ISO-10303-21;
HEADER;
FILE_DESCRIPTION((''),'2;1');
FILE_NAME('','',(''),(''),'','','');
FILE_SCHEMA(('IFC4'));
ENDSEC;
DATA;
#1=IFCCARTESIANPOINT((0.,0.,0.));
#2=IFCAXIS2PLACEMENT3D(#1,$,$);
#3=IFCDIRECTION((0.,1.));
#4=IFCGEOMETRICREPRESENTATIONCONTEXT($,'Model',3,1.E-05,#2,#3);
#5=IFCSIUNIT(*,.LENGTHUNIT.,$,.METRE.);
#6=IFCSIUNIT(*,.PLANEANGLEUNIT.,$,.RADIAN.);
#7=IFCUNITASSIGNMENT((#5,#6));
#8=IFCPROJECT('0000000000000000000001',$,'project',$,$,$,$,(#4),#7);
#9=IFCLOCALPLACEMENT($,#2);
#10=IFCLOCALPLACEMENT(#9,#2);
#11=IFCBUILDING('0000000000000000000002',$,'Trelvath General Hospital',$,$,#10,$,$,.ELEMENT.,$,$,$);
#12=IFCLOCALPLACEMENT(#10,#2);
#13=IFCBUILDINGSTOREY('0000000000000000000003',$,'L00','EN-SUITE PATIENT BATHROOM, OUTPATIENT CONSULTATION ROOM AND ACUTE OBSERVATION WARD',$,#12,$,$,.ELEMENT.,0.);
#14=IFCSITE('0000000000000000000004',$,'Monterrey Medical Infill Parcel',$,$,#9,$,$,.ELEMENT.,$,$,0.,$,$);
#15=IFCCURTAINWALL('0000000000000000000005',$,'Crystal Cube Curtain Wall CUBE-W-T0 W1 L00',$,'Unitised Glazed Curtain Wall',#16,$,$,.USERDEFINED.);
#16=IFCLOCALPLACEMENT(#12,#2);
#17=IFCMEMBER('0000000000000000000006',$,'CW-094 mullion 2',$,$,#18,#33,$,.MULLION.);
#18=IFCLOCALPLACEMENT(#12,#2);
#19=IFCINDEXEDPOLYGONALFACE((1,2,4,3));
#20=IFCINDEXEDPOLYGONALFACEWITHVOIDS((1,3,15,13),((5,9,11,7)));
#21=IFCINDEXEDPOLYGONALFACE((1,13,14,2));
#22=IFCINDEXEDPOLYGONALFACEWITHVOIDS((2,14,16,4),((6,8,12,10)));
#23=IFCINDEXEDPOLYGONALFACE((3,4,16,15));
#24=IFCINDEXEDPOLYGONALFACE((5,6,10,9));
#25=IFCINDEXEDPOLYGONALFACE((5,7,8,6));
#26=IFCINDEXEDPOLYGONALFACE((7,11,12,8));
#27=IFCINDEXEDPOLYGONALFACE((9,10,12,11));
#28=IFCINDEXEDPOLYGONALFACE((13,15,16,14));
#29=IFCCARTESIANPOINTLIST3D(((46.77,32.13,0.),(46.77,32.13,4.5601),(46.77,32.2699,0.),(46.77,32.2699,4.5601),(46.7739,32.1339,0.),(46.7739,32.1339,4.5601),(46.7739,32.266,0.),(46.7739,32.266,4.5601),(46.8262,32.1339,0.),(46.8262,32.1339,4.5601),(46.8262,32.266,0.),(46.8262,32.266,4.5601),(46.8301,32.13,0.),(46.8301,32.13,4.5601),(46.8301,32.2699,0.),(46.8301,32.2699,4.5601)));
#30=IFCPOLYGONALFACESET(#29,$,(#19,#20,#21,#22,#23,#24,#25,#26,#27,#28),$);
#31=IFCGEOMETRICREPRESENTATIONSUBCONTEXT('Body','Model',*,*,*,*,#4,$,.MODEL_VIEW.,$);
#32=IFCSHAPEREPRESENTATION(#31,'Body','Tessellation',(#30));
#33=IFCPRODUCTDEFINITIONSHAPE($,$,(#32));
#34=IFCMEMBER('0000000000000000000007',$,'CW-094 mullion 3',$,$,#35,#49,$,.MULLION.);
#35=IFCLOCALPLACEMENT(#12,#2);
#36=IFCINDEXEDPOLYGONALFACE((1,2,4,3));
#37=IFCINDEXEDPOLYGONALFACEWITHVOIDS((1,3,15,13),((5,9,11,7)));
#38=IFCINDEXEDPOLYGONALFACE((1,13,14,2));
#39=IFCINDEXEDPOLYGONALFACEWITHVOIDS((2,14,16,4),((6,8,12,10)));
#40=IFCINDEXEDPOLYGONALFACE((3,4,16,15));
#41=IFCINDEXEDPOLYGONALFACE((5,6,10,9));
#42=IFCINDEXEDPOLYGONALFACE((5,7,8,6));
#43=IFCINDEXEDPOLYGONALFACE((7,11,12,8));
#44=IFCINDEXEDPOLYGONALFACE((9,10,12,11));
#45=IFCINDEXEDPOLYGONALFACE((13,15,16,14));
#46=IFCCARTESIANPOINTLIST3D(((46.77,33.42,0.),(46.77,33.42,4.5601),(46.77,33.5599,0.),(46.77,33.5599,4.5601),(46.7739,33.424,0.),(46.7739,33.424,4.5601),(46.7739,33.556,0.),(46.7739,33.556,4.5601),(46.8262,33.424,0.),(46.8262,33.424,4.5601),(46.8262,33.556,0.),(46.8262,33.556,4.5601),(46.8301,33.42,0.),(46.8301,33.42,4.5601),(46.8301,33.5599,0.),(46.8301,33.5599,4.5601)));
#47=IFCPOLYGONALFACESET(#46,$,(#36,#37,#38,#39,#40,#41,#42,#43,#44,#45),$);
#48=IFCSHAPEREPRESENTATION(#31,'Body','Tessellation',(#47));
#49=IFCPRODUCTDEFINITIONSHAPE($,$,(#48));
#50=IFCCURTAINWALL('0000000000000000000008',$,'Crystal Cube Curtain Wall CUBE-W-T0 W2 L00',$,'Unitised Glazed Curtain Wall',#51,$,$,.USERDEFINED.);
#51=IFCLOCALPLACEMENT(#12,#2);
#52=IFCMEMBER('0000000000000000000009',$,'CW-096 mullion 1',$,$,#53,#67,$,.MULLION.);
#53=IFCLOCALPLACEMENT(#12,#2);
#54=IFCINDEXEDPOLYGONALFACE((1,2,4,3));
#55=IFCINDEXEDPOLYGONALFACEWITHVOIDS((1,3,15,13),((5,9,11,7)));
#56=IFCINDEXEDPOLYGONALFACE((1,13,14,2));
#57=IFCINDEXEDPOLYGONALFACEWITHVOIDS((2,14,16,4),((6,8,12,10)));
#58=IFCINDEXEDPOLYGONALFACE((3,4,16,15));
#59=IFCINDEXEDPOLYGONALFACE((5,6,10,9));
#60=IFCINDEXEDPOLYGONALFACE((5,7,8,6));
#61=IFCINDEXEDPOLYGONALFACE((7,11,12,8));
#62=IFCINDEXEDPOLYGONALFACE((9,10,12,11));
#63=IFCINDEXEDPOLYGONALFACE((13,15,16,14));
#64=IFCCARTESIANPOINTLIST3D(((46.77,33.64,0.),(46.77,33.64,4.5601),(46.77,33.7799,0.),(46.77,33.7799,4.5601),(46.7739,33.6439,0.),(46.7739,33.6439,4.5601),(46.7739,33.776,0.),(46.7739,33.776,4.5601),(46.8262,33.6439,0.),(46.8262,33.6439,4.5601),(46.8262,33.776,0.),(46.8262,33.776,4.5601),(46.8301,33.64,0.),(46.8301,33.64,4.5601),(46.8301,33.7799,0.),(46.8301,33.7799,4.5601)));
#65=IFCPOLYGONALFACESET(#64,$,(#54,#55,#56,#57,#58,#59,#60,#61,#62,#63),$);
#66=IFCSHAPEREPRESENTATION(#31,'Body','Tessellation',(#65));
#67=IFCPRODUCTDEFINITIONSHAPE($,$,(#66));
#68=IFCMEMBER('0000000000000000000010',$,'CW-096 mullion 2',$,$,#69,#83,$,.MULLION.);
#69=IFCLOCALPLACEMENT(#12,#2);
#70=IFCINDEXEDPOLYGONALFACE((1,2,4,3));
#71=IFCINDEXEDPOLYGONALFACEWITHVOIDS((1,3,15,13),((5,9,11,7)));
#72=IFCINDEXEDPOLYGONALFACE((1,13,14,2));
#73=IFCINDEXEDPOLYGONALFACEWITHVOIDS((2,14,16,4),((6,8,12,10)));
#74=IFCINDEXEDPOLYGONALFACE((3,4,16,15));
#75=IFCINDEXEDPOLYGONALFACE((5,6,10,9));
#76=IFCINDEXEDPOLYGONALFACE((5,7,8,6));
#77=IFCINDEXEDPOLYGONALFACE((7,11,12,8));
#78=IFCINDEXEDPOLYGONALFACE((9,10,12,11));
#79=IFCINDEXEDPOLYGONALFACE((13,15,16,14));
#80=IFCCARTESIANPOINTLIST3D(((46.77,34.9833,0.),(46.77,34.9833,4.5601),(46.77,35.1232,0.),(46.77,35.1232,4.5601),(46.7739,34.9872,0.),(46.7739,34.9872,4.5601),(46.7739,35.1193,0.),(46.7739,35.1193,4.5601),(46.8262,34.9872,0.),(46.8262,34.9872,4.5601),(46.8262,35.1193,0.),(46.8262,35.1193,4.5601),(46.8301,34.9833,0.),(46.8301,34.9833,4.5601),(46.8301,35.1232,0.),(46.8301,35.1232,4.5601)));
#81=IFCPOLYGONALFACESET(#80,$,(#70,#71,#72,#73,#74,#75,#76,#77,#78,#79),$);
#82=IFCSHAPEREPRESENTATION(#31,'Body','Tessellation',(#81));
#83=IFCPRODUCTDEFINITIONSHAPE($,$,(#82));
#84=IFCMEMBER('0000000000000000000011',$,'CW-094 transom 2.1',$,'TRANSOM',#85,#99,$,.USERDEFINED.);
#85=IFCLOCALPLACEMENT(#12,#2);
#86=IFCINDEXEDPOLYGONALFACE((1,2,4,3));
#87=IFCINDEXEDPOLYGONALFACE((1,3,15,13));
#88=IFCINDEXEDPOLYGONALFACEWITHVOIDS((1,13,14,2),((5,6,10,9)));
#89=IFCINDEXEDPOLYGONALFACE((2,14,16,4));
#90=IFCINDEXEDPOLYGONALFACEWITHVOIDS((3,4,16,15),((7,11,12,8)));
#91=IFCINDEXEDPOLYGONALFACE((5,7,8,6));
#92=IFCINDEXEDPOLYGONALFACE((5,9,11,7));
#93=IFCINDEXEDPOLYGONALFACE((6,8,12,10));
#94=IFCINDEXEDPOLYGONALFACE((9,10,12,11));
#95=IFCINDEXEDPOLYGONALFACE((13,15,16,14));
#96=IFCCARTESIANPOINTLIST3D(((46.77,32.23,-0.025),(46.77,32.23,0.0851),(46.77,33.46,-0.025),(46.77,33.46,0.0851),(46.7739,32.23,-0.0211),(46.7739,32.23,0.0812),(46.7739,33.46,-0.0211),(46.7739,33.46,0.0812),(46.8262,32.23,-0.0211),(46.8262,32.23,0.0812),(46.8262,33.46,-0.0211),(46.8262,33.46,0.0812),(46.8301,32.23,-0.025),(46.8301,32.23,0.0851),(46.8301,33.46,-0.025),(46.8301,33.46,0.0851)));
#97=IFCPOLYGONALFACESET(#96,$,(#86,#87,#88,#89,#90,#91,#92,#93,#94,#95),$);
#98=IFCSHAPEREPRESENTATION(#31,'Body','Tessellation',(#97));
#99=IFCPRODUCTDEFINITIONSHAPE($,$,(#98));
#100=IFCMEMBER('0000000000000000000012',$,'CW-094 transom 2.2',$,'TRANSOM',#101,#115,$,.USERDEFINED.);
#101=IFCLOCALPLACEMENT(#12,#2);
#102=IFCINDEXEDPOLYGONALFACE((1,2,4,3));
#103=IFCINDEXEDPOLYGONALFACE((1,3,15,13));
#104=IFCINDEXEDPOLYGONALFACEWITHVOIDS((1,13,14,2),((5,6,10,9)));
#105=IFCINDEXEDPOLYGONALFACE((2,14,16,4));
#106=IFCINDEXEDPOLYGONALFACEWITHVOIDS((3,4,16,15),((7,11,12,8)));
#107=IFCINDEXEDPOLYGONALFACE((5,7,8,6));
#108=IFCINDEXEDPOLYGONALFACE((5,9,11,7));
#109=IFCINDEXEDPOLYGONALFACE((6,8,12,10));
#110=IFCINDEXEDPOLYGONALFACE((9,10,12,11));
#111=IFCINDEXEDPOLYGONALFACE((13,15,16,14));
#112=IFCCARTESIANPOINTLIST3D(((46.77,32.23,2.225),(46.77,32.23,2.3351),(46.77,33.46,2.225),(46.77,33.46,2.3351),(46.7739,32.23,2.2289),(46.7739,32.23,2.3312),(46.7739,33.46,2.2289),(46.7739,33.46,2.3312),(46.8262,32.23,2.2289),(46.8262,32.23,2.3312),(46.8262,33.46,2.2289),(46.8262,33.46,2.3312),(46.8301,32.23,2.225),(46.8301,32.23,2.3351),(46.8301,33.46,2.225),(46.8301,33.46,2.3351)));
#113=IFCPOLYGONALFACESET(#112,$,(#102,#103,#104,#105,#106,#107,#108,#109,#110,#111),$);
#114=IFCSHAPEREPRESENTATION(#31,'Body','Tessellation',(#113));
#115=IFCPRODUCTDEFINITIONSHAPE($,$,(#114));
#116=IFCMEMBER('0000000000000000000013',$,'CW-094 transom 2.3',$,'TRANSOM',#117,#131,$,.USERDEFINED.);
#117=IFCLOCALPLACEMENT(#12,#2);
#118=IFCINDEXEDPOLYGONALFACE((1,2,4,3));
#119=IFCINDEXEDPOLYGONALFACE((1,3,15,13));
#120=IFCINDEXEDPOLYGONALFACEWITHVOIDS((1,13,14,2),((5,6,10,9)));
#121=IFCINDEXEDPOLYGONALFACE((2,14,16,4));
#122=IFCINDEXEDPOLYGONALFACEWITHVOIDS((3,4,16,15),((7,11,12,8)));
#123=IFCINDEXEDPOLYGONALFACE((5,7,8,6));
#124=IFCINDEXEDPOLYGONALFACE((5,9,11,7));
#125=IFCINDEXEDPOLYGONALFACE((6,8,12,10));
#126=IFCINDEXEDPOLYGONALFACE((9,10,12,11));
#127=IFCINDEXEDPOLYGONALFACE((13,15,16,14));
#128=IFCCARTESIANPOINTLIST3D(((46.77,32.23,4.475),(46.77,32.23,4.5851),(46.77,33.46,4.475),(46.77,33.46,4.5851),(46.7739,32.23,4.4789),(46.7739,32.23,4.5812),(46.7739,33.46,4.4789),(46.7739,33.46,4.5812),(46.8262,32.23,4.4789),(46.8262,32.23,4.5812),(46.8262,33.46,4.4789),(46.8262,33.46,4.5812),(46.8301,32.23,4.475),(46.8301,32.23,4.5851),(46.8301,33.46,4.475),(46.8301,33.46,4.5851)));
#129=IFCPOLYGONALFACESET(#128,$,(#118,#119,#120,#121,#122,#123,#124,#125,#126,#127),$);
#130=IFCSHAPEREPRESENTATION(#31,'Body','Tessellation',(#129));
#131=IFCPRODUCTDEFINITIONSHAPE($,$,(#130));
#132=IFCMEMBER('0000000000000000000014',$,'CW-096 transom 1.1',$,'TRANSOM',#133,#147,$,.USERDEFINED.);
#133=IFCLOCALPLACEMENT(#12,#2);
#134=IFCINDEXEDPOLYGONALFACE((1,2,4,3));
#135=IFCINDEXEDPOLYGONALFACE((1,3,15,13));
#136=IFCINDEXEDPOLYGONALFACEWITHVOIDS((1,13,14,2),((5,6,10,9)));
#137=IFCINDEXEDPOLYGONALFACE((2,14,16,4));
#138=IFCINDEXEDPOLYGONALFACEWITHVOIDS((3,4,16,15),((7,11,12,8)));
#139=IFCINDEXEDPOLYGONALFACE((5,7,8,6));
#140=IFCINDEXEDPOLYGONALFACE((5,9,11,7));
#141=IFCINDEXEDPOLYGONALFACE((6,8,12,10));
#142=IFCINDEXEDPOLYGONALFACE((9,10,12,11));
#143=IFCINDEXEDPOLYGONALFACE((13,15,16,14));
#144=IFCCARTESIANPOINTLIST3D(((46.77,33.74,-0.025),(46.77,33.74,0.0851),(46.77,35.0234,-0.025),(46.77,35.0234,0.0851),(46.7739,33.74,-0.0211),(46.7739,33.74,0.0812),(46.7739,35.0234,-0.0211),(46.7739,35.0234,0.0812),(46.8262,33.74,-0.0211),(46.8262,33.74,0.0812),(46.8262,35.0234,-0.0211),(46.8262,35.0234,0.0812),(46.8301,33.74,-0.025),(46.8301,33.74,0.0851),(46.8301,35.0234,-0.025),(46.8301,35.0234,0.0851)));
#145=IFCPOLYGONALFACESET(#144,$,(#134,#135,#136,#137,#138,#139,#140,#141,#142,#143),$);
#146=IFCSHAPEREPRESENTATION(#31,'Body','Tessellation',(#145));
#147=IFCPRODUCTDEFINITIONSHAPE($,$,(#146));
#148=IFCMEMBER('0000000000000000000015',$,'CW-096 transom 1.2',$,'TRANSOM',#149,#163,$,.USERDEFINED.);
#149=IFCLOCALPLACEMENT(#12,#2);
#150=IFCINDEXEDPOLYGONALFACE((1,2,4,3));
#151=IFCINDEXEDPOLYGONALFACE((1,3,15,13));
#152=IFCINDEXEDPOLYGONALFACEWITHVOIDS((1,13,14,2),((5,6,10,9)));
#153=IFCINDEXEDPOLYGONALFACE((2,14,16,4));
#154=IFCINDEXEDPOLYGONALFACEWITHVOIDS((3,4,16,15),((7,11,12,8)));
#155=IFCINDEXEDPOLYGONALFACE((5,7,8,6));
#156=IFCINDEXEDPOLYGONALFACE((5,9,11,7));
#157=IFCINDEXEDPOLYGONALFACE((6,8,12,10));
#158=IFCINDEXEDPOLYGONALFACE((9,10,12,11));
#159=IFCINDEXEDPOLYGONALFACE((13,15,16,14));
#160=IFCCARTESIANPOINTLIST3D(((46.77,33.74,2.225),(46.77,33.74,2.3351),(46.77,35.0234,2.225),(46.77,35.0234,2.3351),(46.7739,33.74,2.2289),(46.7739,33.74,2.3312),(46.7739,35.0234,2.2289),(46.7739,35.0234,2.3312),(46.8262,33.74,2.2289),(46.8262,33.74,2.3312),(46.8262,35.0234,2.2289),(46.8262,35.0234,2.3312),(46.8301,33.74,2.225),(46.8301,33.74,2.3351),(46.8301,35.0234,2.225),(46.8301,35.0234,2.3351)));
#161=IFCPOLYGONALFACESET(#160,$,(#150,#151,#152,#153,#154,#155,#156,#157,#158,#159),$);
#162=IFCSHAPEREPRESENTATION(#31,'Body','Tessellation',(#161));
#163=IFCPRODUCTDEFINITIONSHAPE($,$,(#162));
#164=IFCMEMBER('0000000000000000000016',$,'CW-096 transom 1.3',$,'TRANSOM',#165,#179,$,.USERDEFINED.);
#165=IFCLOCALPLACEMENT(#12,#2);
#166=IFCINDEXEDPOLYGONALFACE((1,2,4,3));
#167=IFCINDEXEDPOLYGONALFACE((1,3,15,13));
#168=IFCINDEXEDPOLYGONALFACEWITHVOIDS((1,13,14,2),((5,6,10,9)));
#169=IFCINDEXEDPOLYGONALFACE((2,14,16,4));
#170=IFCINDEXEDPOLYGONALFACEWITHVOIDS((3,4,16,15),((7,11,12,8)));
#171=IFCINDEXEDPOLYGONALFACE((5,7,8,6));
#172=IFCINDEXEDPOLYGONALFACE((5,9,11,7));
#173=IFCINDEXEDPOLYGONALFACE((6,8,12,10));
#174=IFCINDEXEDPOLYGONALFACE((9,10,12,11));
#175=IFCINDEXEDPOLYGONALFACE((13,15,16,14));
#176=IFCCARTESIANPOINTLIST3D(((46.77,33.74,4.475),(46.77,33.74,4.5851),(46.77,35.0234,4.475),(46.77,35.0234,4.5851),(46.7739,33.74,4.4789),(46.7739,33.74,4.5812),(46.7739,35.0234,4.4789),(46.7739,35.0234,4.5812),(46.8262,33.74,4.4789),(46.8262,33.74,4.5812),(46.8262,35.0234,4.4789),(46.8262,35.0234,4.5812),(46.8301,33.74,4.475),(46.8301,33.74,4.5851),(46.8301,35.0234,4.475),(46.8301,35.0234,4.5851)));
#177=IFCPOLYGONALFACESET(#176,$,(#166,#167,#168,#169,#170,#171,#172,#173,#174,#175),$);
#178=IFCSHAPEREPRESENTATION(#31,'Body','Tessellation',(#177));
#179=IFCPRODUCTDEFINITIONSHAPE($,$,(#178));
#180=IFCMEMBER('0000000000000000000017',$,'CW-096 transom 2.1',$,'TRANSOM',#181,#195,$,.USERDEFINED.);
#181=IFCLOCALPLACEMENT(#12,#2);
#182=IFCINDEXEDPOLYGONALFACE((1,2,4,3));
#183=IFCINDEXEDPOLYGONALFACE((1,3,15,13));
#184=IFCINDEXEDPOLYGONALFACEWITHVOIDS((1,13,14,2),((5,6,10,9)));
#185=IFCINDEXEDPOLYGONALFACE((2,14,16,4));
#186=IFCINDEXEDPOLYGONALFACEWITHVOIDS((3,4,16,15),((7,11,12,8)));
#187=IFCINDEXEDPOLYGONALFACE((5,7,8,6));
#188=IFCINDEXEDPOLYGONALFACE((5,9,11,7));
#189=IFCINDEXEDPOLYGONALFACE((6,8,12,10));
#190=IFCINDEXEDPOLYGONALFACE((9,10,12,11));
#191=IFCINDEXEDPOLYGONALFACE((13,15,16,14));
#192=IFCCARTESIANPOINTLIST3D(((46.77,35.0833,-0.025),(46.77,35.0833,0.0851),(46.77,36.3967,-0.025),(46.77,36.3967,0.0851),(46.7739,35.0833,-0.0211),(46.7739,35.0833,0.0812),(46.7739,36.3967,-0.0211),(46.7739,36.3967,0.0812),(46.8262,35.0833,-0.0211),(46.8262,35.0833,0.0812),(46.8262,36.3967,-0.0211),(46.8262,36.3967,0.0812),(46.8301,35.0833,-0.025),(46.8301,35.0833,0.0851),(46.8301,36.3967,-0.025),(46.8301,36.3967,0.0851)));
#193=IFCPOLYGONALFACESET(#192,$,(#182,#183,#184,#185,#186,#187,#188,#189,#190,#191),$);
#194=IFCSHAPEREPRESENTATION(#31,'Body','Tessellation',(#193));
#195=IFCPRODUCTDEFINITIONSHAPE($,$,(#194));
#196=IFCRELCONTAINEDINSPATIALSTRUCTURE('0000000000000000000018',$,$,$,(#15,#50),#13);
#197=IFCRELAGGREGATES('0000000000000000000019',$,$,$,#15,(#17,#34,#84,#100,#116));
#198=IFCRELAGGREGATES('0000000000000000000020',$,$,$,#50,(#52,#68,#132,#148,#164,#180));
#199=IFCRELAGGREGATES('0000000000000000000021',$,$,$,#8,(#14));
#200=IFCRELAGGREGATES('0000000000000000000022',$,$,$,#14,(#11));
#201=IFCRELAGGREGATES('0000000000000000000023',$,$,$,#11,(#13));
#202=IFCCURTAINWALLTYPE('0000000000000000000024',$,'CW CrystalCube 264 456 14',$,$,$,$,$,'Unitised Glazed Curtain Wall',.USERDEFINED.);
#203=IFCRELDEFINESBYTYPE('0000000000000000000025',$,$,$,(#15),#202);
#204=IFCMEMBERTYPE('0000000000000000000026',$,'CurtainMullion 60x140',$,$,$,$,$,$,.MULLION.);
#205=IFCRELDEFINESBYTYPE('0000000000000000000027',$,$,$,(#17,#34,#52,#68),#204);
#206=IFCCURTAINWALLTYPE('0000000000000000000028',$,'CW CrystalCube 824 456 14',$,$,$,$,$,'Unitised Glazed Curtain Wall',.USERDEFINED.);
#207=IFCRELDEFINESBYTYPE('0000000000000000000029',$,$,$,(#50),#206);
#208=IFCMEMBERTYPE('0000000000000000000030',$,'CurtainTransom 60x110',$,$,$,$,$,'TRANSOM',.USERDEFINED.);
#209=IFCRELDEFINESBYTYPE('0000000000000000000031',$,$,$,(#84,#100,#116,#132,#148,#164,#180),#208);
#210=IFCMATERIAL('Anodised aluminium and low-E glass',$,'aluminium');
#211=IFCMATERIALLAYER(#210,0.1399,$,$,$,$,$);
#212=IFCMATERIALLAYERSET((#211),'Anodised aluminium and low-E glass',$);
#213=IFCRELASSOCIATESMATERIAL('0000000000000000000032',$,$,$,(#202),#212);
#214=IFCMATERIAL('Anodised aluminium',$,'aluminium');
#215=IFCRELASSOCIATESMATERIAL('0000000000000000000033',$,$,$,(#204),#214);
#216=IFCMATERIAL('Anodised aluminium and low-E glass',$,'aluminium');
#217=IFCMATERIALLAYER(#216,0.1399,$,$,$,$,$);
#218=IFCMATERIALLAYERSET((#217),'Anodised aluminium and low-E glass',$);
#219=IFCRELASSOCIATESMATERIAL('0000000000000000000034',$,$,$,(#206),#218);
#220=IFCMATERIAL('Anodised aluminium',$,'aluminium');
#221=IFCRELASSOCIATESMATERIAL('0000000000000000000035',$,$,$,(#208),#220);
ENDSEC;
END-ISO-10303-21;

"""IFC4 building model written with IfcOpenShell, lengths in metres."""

from ifc_helpers import new_model, si_unit, direction, frame, origin, origin_2d, place, context, subcontext, project, spatial, hollow_rectangle, extrude, material, layer, layer_set, material_profile, profile_set, type_object, element, aggregate, save


model = new_model("IFC4")

# Units and contexts
model_context = context("Model", 3, precision=1e-05, world=origin(), true_north=direction((0.0, 1.0)))
body_context = subcontext(model_context, "Body", "Model", "MODEL_VIEW")
ifc_project = project(units=[si_unit("LENGTHUNIT", "METRE"), si_unit("PLANEANGLEUNIT", "RADIAN")], contexts=[model_context])

# Site, building, storey
site_placement = place(None, origin())
site = spatial("IfcSite", under=ifc_project, at=site_placement, Name="Monterrey Medical Infill Parcel", CompositionType="ELEMENT", RefElevation=0.0)
building_placement = place(site_placement, origin())
building = spatial("IfcBuilding", under=site, at=building_placement, Name="Trelvath General Hospital", CompositionType="ELEMENT")
storey_placement = place(building_placement, origin())
storey = spatial("IfcBuildingStorey", under=building, at=storey_placement, Name="L00", Description="EN-SUITE PATIENT BATHROOM, OUTPATIENT CONSULTATION ROOM AND ACUTE OBSERVATION WARD", CompositionType="ELEMENT", Elevation=0.0)

# Curtain walls, members
ifc_material_1 = material(Name="Anodised aluminium and low-E glass", Category="aluminium")
ifc_layer_1 = layer(ifc_material_1, 0.1399)
ifc_layer_set_1 = layer_set([ifc_layer_1], Name="Anodised aluminium and low-E glass")
curtain_wall_type_1 = type_object("IfcCurtainWallType", Name="CW CrystalCube 264 456 14", ElementType="Unitised Glazed Curtain Wall", PredefinedType="USERDEFINED", material=ifc_layer_set_1)
curtain_wall_1_placement = place(storey_placement, origin())
curtain_wall_1 = element("IfcCurtainWall", 1, at=curtain_wall_1_placement, inside=storey, type_object=curtain_wall_type_1, Name="Crystal Cube Curtain Wall CUBE-W-T0 W1 L00", ObjectType="Unitised Glazed Curtain Wall", PredefinedType="USERDEFINED")
ifc_material_2 = material(Name="Anodised aluminium", Category="aluminium")
ifc_material_profile_1 = material_profile(ifc_material_2, hollow_rectangle(XDim=0.0601, YDim=0.1399, WallThickness=0.0039, at=origin_2d()), Name="RHS60x140x4")
ifc_profile_set_1 = profile_set([ifc_material_profile_1], Name="Anodised aluminium")
member_type_1 = type_object("IfcMemberType", Name="CurtainMullion 60x140", PredefinedType="MULLION", material=ifc_profile_set_1)
member_1_placement = place(storey_placement, frame((46.8, 32.2, 0.0), z_axis=(0.0, 0.0, 1.0), x_axis=(-1.0, 0.0, 0.0)))
member_1 = element("IfcMember", 2, at=member_1_placement, type_object=member_type_1, Name="CW-094 mullion 2", PredefinedType="MULLION", context=body_context, shape_type="SweptSolid", body=[
    extrude(hollow_rectangle(XDim=0.0601, YDim=0.1399, WallThickness=0.0039, at=origin_2d()), origin(), (0.0, 0.0, 1.0), 4.5601),
])
member_2_placement = place(storey_placement, frame((46.8, 33.49, 0.0), z_axis=(0.0, 0.0, 1.0), x_axis=(-1.0, 0.0, 0.0)))
member_2 = element("IfcMember", 3, at=member_2_placement, type_object=member_type_1, Name="CW-094 mullion 3", PredefinedType="MULLION", context=body_context, shape_type="SweptSolid", body=[
    extrude(hollow_rectangle(XDim=0.0601, YDim=0.1399, WallThickness=0.0039, at=origin_2d()), origin(), (0.0, 0.0, 1.0), 4.5601),
])
ifc_material_3 = material(Name="Anodised aluminium and low-E glass", Category="aluminium")
ifc_layer_2 = layer(ifc_material_3, 0.1399)
ifc_layer_set_2 = layer_set([ifc_layer_2], Name="Anodised aluminium and low-E glass")
curtain_wall_type_2 = type_object("IfcCurtainWallType", Name="CW CrystalCube 824 456 14", ElementType="Unitised Glazed Curtain Wall", PredefinedType="USERDEFINED", material=ifc_layer_set_2)
curtain_wall_2_placement = place(storey_placement, origin())
curtain_wall_2 = element("IfcCurtainWall", 4, at=curtain_wall_2_placement, inside=storey, type_object=curtain_wall_type_2, Name="Crystal Cube Curtain Wall CUBE-W-T0 W2 L00", ObjectType="Unitised Glazed Curtain Wall", PredefinedType="USERDEFINED")
member_3_placement = place(storey_placement, frame((46.8, 33.71, 0.0), z_axis=(0.0, 0.0, 1.0), x_axis=(-1.0, 0.0, 0.0)))
member_3 = element("IfcMember", 5, at=member_3_placement, type_object=member_type_1, Name="CW-096 mullion 1", PredefinedType="MULLION", context=body_context, shape_type="SweptSolid", body=[
    extrude(hollow_rectangle(XDim=0.0601, YDim=0.1399, WallThickness=0.0039, at=origin_2d()), origin(), (0.0, 0.0, 1.0), 4.5601),
])
member_4_placement = place(storey_placement, frame((46.8, 35.0532, 0.0), z_axis=(0.0, 0.0, 1.0), x_axis=(-1.0, 0.0, 0.0)))
member_4 = element("IfcMember", 6, at=member_4_placement, type_object=member_type_1, Name="CW-096 mullion 2", PredefinedType="MULLION", context=body_context, shape_type="SweptSolid", body=[
    extrude(hollow_rectangle(XDim=0.0601, YDim=0.1399, WallThickness=0.0039, at=origin_2d()), origin(), (0.0, 0.0, 1.0), 4.5601),
])

# Members
ifc_material_4 = material(Name="Anodised aluminium", Category="aluminium")
ifc_material_profile_2 = material_profile(ifc_material_4, hollow_rectangle(XDim=0.0601, YDim=0.1101, WallThickness=0.0039, at=origin_2d()), Name="RHS60x110x4")
ifc_profile_set_2 = profile_set([ifc_material_profile_2], Name="Anodised aluminium")
member_type_2 = type_object("IfcMemberType", Name="CurtainTransom 60x110", ElementType="TRANSOM", PredefinedType="USERDEFINED", material=ifc_profile_set_2)
member_5_placement = place(storey_placement, frame((46.8, 32.23, 0.03), z_axis=(0.0, 1.0, 0.0), x_axis=(-1.0, 0.0, 0.0)))
member_5 = element("IfcMember", 7, at=member_5_placement, type_object=member_type_2, Name="CW-094 transom 2.1", ObjectType="TRANSOM", PredefinedType="USERDEFINED", context=body_context, shape_type="SweptSolid", body=[
    extrude(hollow_rectangle(XDim=0.0601, YDim=0.1101, WallThickness=0.0039, at=origin_2d()), origin(), (0.0, 0.0, 1.0), 1.23),
])
member_6_placement = place(storey_placement, frame((46.8, 32.23, 2.28), z_axis=(0.0, 1.0, 0.0), x_axis=(-1.0, 0.0, 0.0)))
member_6 = element("IfcMember", 8, at=member_6_placement, type_object=member_type_2, Name="CW-094 transom 2.2", ObjectType="TRANSOM", PredefinedType="USERDEFINED", context=body_context, shape_type="SweptSolid", body=[
    extrude(hollow_rectangle(XDim=0.0601, YDim=0.1101, WallThickness=0.0039, at=origin_2d()), origin(), (0.0, 0.0, 1.0), 1.23),
])
member_7_placement = place(storey_placement, frame((46.8, 32.23, 4.53), z_axis=(0.0, 1.0, 0.0), x_axis=(-1.0, 0.0, 0.0)))
member_7 = element("IfcMember", 9, at=member_7_placement, type_object=member_type_2, Name="CW-094 transom 2.3", ObjectType="TRANSOM", PredefinedType="USERDEFINED", context=body_context, shape_type="SweptSolid", body=[
    extrude(hollow_rectangle(XDim=0.0601, YDim=0.1101, WallThickness=0.0039, at=origin_2d()), origin(), (0.0, 0.0, 1.0), 1.23),
])
member_8_placement = place(storey_placement, frame((46.8, 33.74, 0.03), z_axis=(0.0, 1.0, 0.0), x_axis=(-1.0, 0.0, 0.0)))
member_8 = element("IfcMember", 10, at=member_8_placement, type_object=member_type_2, Name="CW-096 transom 1.1", ObjectType="TRANSOM", PredefinedType="USERDEFINED", context=body_context, shape_type="SweptSolid", body=[
    extrude(hollow_rectangle(XDim=0.0601, YDim=0.1101, WallThickness=0.0039, at=origin_2d()), origin(), (0.0, 0.0, 1.0), 1.2834),
])
member_9_placement = place(storey_placement, frame((46.8, 33.74, 2.28), z_axis=(0.0, 1.0, 0.0), x_axis=(-1.0, 0.0, 0.0)))
member_9 = element("IfcMember", 11, at=member_9_placement, type_object=member_type_2, Name="CW-096 transom 1.2", ObjectType="TRANSOM", PredefinedType="USERDEFINED", context=body_context, shape_type="SweptSolid", body=[
    extrude(hollow_rectangle(XDim=0.0601, YDim=0.1101, WallThickness=0.0039, at=origin_2d()), origin(), (0.0, 0.0, 1.0), 1.2834),
])
member_10_placement = place(storey_placement, frame((46.8, 33.74, 4.53), z_axis=(0.0, 1.0, 0.0), x_axis=(-1.0, 0.0, 0.0)))
member_10 = element("IfcMember", 12, at=member_10_placement, type_object=member_type_2, Name="CW-096 transom 1.3", ObjectType="TRANSOM", PredefinedType="USERDEFINED", context=body_context, shape_type="SweptSolid", body=[
    extrude(hollow_rectangle(XDim=0.0601, YDim=0.1101, WallThickness=0.0039, at=origin_2d()), origin(), (0.0, 0.0, 1.0), 1.2834),
])
member_11_placement = place(storey_placement, frame((46.8, 35.0833, 0.03), z_axis=(0.0, 1.0, 0.0), x_axis=(-1.0, 0.0, 0.0)))
member_11 = element("IfcMember", 13, at=member_11_placement, type_object=member_type_2, Name="CW-096 transom 2.1", ObjectType="TRANSOM", PredefinedType="USERDEFINED", context=body_context, shape_type="SweptSolid", body=[
    extrude(hollow_rectangle(XDim=0.0601, YDim=0.1101, WallThickness=0.0039, at=origin_2d()), origin(), (0.0, 0.0, 1.0), 1.3135),
])

aggregate(curtain_wall_1, [member_1, member_2, member_5, member_6, member_7])
aggregate(curtain_wall_2, [member_3, member_4, member_8, member_9, member_10, member_11])

save(model, "model.ifc")
